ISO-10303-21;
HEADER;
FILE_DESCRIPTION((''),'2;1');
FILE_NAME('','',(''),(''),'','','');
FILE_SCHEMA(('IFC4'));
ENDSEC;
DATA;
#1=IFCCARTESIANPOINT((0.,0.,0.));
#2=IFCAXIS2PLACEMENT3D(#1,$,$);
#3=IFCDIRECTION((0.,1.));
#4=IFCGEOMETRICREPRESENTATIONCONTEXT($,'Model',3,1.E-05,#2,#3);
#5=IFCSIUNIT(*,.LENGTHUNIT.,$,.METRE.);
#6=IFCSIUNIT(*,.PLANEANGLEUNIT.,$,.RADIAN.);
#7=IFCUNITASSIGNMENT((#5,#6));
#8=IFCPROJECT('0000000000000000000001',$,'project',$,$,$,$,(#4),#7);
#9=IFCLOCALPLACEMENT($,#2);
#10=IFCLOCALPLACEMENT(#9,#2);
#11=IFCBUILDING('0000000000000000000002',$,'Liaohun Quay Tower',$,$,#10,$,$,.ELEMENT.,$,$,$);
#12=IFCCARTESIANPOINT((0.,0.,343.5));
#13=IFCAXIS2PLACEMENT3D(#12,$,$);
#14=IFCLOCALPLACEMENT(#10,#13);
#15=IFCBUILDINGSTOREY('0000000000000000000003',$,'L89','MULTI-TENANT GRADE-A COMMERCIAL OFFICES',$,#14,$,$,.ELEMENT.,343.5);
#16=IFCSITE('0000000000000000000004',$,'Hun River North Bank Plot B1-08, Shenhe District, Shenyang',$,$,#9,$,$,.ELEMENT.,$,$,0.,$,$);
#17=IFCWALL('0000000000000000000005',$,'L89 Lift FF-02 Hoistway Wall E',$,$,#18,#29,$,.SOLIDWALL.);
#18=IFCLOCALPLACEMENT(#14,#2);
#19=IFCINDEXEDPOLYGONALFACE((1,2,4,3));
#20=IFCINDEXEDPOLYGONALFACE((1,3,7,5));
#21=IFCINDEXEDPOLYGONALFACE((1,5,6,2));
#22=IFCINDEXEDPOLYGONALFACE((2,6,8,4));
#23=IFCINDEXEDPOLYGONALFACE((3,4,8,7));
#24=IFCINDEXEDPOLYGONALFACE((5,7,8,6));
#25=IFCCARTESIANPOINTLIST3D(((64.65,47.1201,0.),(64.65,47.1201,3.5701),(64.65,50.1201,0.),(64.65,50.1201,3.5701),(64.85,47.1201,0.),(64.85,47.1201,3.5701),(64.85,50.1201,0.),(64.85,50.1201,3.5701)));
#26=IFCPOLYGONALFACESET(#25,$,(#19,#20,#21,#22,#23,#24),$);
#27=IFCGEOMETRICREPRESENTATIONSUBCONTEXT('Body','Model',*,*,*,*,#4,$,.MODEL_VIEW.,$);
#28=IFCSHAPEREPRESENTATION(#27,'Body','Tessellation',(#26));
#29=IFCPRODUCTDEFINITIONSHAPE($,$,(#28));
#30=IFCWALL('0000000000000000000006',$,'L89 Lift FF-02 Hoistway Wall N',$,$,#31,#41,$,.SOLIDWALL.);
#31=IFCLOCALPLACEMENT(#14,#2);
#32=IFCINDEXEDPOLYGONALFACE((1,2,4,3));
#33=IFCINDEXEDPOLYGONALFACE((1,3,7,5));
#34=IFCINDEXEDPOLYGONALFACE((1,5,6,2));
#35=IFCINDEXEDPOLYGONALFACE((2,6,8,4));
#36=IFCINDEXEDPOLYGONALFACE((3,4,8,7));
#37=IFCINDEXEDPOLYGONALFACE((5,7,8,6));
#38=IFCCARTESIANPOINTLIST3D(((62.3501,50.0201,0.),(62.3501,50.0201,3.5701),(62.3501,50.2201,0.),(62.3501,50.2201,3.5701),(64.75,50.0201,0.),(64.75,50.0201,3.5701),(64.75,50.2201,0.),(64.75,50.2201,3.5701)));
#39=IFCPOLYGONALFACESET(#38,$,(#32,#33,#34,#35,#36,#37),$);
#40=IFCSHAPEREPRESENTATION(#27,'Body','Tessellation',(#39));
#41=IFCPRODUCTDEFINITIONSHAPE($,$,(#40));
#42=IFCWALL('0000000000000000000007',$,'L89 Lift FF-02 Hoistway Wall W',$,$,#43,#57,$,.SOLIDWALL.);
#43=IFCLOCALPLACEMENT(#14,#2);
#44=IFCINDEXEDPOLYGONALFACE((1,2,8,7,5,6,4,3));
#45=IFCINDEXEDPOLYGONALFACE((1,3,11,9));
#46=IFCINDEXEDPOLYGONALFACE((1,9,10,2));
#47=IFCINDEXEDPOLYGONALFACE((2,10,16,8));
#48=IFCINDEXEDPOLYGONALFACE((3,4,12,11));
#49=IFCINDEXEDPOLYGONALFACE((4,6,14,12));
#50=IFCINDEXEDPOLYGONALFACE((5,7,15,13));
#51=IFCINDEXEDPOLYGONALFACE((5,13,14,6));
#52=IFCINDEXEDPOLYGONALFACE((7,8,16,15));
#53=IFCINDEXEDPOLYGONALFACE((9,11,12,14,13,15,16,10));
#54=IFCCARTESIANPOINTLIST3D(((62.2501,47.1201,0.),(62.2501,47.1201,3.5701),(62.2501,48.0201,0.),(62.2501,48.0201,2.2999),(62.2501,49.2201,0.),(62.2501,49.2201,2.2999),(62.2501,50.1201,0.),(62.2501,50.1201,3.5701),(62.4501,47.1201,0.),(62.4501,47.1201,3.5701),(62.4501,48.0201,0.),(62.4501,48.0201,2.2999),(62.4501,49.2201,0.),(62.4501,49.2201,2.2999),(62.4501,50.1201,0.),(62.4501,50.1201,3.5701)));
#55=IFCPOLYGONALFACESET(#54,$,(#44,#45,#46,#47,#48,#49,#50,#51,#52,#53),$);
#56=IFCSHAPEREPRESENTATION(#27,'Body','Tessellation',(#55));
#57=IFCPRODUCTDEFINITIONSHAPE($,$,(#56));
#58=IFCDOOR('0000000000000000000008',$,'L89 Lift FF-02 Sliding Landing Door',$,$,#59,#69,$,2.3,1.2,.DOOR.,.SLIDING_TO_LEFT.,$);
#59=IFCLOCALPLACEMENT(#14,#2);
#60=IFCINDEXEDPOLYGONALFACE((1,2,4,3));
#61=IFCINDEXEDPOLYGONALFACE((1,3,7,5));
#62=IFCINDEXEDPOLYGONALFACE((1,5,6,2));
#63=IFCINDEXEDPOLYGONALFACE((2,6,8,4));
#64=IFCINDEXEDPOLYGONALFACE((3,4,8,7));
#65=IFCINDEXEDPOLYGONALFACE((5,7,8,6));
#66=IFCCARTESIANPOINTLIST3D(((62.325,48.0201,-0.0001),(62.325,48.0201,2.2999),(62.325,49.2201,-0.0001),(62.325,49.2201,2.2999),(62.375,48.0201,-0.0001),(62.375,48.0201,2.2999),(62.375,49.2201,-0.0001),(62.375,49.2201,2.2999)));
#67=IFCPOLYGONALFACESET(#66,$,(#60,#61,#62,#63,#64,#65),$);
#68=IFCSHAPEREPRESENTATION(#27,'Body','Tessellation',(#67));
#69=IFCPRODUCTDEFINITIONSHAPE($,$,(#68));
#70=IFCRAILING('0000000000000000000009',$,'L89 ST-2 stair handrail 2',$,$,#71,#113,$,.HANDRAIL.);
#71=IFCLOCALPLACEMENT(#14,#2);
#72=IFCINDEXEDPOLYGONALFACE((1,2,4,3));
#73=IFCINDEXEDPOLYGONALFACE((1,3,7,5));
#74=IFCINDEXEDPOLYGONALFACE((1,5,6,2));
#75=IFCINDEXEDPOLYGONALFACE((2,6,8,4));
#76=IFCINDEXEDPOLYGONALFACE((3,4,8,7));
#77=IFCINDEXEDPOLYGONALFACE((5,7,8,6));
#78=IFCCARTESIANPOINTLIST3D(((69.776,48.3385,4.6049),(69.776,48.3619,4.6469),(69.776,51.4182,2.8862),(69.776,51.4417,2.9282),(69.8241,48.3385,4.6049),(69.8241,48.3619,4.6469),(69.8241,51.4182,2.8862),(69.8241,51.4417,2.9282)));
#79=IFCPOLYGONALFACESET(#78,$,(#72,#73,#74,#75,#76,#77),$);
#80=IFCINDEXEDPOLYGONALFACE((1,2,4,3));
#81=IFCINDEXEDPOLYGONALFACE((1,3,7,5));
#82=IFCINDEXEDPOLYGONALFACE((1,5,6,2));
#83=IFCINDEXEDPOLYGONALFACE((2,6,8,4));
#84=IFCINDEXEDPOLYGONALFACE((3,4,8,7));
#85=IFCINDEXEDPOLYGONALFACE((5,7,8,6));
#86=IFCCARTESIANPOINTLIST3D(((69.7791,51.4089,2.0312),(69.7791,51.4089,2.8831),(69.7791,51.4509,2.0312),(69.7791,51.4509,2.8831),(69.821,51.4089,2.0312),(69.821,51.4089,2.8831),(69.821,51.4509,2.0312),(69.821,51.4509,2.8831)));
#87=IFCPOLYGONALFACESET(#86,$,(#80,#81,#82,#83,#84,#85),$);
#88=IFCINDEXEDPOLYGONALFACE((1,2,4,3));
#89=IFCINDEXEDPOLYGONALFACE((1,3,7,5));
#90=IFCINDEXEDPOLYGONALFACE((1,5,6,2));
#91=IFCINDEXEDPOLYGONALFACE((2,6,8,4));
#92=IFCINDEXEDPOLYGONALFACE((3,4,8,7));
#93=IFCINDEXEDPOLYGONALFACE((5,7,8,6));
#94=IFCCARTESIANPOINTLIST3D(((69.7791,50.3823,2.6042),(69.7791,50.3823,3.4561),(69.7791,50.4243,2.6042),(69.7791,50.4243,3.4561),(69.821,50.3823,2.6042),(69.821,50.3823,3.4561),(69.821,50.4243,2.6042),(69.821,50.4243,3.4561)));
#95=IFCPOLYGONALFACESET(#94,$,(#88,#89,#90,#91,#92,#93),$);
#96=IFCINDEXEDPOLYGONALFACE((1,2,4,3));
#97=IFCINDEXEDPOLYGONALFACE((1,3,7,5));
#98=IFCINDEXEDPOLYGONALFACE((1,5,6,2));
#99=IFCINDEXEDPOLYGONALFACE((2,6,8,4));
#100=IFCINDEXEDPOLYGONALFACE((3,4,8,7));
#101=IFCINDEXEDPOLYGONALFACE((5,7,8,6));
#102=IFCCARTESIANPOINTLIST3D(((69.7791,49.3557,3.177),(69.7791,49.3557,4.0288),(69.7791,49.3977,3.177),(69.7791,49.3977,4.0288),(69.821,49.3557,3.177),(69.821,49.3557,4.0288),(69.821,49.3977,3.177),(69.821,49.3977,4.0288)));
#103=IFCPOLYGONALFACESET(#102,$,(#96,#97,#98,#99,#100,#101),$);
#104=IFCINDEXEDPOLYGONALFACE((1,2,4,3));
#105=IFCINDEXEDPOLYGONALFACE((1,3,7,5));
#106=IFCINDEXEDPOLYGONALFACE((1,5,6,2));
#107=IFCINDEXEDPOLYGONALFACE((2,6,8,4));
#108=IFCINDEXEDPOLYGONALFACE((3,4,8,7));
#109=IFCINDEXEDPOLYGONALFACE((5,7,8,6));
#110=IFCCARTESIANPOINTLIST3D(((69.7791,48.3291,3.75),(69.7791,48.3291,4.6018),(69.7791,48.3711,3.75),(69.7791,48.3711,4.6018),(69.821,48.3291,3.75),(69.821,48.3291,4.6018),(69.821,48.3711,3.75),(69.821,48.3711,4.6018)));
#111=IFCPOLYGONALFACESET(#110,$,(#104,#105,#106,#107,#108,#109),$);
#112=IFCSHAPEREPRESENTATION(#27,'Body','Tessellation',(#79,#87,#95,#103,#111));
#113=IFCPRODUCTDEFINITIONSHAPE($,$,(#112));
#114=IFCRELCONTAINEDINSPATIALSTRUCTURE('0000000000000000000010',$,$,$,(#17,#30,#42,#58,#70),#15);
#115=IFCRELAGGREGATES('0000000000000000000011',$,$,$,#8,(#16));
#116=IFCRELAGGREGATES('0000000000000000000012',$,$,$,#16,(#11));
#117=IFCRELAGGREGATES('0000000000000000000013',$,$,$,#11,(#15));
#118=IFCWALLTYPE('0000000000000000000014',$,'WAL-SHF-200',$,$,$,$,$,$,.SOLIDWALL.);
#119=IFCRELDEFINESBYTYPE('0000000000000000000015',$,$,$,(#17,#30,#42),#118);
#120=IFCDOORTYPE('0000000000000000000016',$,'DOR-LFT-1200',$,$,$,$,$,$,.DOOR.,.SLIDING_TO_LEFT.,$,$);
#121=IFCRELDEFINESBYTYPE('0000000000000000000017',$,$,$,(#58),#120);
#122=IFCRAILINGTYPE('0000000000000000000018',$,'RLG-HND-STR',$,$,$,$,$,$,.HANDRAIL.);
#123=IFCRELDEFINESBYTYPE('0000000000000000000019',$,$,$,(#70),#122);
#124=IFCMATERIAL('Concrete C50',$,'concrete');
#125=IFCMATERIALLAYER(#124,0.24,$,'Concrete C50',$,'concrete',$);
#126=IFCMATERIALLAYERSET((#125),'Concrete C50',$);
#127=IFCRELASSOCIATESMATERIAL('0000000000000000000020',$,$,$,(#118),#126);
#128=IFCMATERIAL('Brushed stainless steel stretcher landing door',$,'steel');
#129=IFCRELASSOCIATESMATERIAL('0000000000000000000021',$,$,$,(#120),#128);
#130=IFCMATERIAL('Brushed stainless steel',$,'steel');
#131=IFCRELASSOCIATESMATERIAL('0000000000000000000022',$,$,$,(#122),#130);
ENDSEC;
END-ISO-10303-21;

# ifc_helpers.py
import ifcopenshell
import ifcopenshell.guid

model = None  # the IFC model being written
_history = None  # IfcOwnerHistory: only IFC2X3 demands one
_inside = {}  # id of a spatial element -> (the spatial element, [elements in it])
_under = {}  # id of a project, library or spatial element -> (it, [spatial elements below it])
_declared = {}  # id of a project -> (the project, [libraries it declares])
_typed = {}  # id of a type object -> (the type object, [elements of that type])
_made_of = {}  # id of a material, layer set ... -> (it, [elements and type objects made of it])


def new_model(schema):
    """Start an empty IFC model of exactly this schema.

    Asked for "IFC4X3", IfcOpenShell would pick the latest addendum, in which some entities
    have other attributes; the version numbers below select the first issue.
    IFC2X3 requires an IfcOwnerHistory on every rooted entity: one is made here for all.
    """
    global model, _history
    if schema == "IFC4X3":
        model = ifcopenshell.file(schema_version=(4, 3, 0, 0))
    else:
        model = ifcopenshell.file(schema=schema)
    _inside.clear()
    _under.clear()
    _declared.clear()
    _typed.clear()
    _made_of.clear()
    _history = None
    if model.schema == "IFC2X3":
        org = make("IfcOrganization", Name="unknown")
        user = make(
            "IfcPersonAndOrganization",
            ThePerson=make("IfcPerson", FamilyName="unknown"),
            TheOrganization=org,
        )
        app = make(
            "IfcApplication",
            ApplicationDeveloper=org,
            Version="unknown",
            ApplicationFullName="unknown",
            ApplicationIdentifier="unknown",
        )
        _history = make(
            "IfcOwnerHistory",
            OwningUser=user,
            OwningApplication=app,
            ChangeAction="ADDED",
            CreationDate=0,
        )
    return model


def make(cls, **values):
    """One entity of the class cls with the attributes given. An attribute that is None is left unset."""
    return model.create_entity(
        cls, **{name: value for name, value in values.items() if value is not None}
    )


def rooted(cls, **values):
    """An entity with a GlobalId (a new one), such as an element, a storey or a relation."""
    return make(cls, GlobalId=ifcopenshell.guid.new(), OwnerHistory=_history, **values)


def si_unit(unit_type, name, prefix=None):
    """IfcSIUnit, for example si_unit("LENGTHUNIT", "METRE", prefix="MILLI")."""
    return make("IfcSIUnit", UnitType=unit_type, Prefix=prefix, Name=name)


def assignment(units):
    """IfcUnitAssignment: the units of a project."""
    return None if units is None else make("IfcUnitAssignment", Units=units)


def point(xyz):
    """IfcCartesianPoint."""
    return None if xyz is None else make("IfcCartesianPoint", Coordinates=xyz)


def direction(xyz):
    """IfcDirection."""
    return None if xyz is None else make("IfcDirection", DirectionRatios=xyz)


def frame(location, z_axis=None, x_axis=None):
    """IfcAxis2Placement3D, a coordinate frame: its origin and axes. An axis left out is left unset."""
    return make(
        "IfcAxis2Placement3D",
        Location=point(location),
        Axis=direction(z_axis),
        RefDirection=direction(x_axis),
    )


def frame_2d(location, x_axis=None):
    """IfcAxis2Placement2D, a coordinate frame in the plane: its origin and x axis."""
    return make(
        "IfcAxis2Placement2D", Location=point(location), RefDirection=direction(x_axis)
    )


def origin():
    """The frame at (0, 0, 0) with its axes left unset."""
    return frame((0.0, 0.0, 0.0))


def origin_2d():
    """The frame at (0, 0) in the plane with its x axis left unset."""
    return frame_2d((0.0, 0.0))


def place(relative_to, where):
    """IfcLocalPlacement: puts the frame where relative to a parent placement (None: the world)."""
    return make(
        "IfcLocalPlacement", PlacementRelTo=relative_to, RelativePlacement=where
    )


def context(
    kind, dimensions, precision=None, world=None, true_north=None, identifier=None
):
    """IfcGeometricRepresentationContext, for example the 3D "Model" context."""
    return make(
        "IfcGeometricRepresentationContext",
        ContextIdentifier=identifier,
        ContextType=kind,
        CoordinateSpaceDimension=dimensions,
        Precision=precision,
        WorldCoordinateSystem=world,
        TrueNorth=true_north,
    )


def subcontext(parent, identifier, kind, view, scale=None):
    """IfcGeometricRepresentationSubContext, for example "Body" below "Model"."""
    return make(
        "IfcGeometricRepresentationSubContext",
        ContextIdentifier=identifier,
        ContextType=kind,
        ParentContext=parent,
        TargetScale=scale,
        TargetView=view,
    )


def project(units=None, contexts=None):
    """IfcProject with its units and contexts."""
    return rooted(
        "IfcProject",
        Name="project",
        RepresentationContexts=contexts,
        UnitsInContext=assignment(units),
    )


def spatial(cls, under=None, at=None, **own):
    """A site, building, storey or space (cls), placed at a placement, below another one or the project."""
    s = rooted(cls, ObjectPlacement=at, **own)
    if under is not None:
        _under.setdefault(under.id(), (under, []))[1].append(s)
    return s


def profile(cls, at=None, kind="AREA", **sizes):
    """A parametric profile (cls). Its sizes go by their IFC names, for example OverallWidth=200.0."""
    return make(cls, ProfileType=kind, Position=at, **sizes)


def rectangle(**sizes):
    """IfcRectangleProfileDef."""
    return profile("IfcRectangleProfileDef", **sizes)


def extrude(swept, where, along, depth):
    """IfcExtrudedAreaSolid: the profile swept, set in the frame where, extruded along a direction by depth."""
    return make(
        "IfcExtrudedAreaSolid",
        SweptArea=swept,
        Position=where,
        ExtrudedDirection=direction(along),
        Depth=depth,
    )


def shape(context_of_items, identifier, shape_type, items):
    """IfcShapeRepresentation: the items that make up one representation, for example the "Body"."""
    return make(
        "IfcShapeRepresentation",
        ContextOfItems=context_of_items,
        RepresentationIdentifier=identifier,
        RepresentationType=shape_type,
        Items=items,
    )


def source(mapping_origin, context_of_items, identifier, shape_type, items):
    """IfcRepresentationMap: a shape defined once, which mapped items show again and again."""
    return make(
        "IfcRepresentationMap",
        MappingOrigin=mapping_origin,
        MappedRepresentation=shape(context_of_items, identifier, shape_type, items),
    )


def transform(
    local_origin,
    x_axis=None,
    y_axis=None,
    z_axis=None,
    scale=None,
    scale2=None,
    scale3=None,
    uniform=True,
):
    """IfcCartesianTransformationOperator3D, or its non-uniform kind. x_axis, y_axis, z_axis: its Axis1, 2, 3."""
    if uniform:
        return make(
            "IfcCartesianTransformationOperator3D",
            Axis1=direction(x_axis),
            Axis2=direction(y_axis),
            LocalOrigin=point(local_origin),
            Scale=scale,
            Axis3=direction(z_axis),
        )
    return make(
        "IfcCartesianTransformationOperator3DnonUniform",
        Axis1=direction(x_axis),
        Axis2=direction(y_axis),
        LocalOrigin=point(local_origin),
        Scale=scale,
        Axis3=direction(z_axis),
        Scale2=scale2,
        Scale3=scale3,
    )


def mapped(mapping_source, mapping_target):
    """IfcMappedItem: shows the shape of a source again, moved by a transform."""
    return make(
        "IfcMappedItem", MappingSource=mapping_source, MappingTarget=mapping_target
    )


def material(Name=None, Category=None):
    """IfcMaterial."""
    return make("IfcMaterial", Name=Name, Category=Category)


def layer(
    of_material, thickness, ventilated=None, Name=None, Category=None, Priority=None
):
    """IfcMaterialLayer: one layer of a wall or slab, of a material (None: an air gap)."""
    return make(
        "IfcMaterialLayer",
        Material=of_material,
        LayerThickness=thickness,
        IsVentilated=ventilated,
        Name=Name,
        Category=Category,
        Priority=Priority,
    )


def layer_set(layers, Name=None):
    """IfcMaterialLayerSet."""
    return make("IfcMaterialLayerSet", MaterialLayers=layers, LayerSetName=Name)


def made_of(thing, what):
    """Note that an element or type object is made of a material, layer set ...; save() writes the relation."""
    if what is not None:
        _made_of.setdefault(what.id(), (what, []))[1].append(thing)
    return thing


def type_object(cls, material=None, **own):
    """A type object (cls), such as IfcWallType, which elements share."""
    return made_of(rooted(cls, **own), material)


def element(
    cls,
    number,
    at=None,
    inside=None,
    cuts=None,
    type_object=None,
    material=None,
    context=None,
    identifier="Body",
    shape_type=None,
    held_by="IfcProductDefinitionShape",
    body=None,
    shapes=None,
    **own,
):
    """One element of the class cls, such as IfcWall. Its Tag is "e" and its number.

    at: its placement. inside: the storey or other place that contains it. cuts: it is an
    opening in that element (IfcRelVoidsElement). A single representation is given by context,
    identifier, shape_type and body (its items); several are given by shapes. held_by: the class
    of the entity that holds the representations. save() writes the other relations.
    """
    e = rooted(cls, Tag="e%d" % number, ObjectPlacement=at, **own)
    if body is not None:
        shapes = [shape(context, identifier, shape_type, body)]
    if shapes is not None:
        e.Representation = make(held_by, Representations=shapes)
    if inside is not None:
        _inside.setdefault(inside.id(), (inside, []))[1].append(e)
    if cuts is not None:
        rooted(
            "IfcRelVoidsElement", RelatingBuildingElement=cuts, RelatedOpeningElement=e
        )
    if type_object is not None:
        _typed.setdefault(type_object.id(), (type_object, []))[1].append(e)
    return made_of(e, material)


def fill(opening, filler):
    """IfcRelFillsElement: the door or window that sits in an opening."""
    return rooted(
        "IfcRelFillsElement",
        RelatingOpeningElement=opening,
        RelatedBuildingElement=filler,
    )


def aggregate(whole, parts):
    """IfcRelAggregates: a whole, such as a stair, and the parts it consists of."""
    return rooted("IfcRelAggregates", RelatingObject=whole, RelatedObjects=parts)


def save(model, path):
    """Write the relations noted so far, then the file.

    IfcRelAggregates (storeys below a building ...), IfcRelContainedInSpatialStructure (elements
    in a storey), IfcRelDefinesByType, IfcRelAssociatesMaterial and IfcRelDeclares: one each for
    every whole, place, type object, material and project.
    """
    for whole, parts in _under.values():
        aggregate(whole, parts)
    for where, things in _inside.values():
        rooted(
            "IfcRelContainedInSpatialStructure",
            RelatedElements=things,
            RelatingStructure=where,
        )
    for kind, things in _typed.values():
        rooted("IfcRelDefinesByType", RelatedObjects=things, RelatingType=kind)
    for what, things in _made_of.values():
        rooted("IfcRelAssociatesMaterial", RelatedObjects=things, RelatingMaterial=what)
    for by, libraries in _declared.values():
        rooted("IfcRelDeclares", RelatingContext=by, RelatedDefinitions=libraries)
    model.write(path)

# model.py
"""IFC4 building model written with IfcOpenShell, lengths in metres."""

from ifc_helpers import new_model, si_unit, direction, frame, frame_2d, origin, origin_2d, place, context, subcontext, project, spatial, rectangle, extrude, source, transform, mapped, material, layer, layer_set, type_object, element, fill, save


model = new_model("IFC4")

# Units and contexts
model_context = context("Model", 3, precision=1e-05, world=origin(), true_north=direction((0.0, 1.0)))
body_context = subcontext(model_context, "Body", "Model", "MODEL_VIEW")
ifc_project = project(units=[si_unit("LENGTHUNIT", "METRE"), si_unit("PLANEANGLEUNIT", "RADIAN")], contexts=[model_context])

# Site, building, storey
site_placement = place(None, origin())
site = spatial("IfcSite", under=ifc_project, at=site_placement, Name="Hun River North Bank Plot B1-08, Shenhe District, Shenyang", CompositionType="ELEMENT", RefElevation=0.0)
building_placement = place(site_placement, origin())
building = spatial("IfcBuilding", under=site, at=building_placement, Name="Liaohun Quay Tower", CompositionType="ELEMENT")
storey_placement = place(building_placement, frame((0.0, 0.0, 343.5)))
storey = spatial("IfcBuildingStorey", under=building, at=storey_placement, Name="L89", Description="MULTI-TENANT GRADE-A COMMERCIAL OFFICES", CompositionType="ELEMENT", Elevation=343.5)

# Walls
ifc_material_1 = material(Name="Concrete C50", Category="concrete")
ifc_layer_1 = layer(ifc_material_1, 0.24, Name="Concrete C50", Category="concrete")
ifc_layer_set_1 = layer_set([ifc_layer_1], Name="Concrete C50")
wall_type_1 = type_object("IfcWallType", Name="WAL-SHF-200", PredefinedType="SOLIDWALL", material=ifc_layer_set_1)
wall_1_placement = place(storey_placement, frame((64.75, 47.1201, 0.0), z_axis=(0.0, 0.0, 1.0), x_axis=(0.0, 1.0, 0.0)))
element("IfcWall", 1, at=wall_1_placement, inside=storey, type_object=wall_type_1, Name="L89 Lift FF-02 Hoistway Wall E", PredefinedType="SOLIDWALL", context=body_context, shape_type="SweptSolid", body=[
    extrude(rectangle(XDim=3.0, YDim=0.2, at=frame_2d((1.5, 0.0))), origin(), (0.0, 0.0, 1.0), 3.5701),
])
wall_2_placement = place(storey_placement, frame((64.75, 50.1201, 0.0), z_axis=(0.0, 0.0, 1.0), x_axis=(-1.0, 0.0, 0.0)))
element("IfcWall", 2, at=wall_2_placement, inside=storey, type_object=wall_type_1, Name="L89 Lift FF-02 Hoistway Wall N", PredefinedType="SOLIDWALL", context=body_context, shape_type="SweptSolid", body=[
    extrude(rectangle(XDim=2.3999, YDim=0.2, at=frame_2d((1.2, 0.0))), origin(), (0.0, 0.0, 1.0), 3.5701),
])

# Wall, opening, door
wall_3_placement = place(storey_placement, frame((62.3501, 50.1201, 0.0), z_axis=(0.0, 0.0, 1.0), x_axis=(0.0, -1.0, 0.0)))
wall_3 = element("IfcWall", 3, at=wall_3_placement, inside=storey, type_object=wall_type_1, Name="L89 Lift FF-02 Hoistway Wall W", PredefinedType="SOLIDWALL", context=body_context, shape_type="SweptSolid", body=[
    extrude(rectangle(XDim=3.0, YDim=0.2, at=frame_2d((1.5, 0.0))), origin(), (0.0, 0.0, 1.0), 3.5701),
])
shared_shape_1 = source(origin(), body_context, "Body", "SweptSolid", [
    extrude(rectangle(XDim=1.2, YDim=2.3, at=frame_2d((0.6001, 1.1499))), frame((0.0, 0.1099, 0.0), z_axis=(0.0, -1.0, 0.0), x_axis=(1.0, 0.0, 0.0)), (0.0, 0.0, 1.0), 0.22),
])
opening_1_placement = place(wall_3_placement, frame((0.8999, 0.0, 0.0)))
opening_1 = element("IfcOpeningElement", 4, at=opening_1_placement, cuts=wall_3, PredefinedType="OPENING", context=body_context, shape_type="MappedRepresentation", body=[
    mapped(shared_shape_1, transform((0.0, 0.0, 0.0), x_axis=(1.0, 0.0, 0.0), y_axis=(0.0, 1.0, 0.0), z_axis=(0.0, 0.0, 1.0), scale=1.0)),
])
ifc_material_2 = material(Name="Brushed stainless steel stretcher landing door", Category="steel")
door_type_1 = type_object("IfcDoorType", Name="DOR-LFT-1200", OperationType="SLIDING_TO_LEFT", PredefinedType="DOOR", material=ifc_material_2)
shared_shape_2 = source(origin(), body_context, "Body", "SweptSolid", [
    extrude(rectangle(XDim=1.2, YDim=2.3, at=frame_2d((0.6001, 1.1499))), frame((0.0, 0.0249, 0.0), z_axis=(0.0, -1.0, 0.0), x_axis=(1.0, 0.0, 0.0)), (0.0, 0.0, 1.0), 0.05),
])
door_1_placement = place(opening_1_placement, origin())
door_1 = element("IfcDoor", 5, at=door_1_placement, inside=storey, type_object=door_type_1, Name="L89 Lift FF-02 Sliding Landing Door", OperationType="SLIDING_TO_LEFT", OverallHeight=2.3, OverallWidth=1.2, PredefinedType="DOOR", context=body_context, shape_type="MappedRepresentation", body=[
    mapped(shared_shape_2, transform((0.0, 0.0, 0.0), x_axis=(1.0, 0.0, 0.0), y_axis=(0.0, 1.0, 0.0), z_axis=(0.0, 0.0, 1.0), scale=1.0)),
])
fill(opening_1, door_1)

# Railing
ifc_material_3 = material(Name="Brushed stainless steel", Category="steel")
railing_type = type_object("IfcRailingType", Name="RLG-HND-STR", PredefinedType="HANDRAIL", material=ifc_material_3)
railing_placement = place(storey_placement, frame((69.8, 51.4299, 2.0312)))
element("IfcRailing", 6, at=railing_placement, inside=storey, type_object=railing_type, Name="L89 ST-2 stair handrail 2", PredefinedType="HANDRAIL", context=body_context, shape_type="SweptSolid", body=[
    extrude(rectangle(XDim=0.0481, YDim=0.0481, at=origin_2d()), frame((0.0, 0.0, 0.876), z_axis=(0.0, -0.873225, 0.487317), x_axis=(1.0, 0.0, 0.0)), (0.0, 0.0, 1.0), 3.5269),
    extrude(rectangle(XDim=0.042, YDim=0.042, at=origin_2d()), origin(), (0.0, 0.0, 1.0), 0.8518),
    extrude(rectangle(XDim=0.042, YDim=0.042, at=origin_2d()), frame((0.0, -1.0266, 0.573)), (0.0, 0.0, 1.0), 0.8518),
    extrude(rectangle(XDim=0.042, YDim=0.042, at=origin_2d()), frame((0.0, -2.0532, 1.1458)), (0.0, 0.0, 1.0), 0.8518),
    extrude(rectangle(XDim=0.042, YDim=0.042, at=origin_2d()), frame((0.0, -3.0798, 1.7188)), (0.0, 0.0, 1.0), 0.8518),
])

save(model, "model.ifc")
